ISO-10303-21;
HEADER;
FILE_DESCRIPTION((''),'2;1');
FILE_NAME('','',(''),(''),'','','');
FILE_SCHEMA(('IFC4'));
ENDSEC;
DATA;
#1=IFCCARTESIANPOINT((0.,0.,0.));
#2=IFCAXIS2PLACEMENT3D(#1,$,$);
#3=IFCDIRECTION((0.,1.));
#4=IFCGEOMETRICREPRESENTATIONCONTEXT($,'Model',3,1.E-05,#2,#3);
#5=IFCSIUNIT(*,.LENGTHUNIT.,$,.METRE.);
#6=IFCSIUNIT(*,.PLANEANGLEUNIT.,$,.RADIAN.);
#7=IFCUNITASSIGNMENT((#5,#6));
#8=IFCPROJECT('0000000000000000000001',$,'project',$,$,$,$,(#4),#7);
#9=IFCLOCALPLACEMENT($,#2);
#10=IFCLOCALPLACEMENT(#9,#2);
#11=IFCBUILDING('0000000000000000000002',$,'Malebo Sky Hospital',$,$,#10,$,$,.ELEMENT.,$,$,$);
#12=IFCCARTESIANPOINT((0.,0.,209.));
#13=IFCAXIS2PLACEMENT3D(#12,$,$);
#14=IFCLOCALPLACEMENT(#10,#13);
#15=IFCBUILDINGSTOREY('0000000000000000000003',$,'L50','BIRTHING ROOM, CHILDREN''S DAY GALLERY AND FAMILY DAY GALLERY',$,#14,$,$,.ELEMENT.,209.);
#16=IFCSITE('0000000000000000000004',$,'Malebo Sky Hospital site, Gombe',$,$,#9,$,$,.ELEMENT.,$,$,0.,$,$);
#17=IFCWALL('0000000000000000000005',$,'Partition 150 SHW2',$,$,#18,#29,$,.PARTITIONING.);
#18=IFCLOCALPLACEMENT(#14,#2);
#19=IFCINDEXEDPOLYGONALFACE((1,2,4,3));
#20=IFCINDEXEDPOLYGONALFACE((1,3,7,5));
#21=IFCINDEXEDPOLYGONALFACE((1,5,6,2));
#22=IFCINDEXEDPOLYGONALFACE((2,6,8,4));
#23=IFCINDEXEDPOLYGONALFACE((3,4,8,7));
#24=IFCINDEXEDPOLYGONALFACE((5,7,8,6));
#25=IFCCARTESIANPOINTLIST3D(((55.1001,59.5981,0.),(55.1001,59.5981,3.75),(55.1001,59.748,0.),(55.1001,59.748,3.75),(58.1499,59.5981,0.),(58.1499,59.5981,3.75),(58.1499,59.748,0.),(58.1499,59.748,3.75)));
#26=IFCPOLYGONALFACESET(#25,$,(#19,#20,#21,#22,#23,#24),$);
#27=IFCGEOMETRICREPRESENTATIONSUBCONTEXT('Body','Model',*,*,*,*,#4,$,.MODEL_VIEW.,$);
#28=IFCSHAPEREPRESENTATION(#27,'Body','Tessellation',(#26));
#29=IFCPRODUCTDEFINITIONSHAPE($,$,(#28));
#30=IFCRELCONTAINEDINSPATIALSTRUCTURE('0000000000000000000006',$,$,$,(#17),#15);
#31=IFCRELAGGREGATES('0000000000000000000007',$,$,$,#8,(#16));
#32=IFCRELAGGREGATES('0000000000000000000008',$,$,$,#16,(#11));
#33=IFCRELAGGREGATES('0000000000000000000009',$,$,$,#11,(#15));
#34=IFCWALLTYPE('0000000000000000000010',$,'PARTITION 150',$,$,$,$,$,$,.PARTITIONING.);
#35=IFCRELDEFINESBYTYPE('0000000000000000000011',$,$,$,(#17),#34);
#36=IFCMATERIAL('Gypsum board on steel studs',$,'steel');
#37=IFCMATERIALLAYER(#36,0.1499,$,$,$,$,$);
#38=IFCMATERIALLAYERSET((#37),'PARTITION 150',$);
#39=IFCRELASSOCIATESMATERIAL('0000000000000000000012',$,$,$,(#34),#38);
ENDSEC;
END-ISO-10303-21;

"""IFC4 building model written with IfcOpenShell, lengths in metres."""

from ifc_helpers import new_model, si_unit, direction, frame, frame_2d, origin, place, context, subcontext, project, spatial, rectangle, extrude, material, layer, layer_set, type_object, element, save


model = new_model("IFC4")

# Units and contexts
model_context = context("Model", 3, precision=1e-05, world=origin(), true_north=direction((0.0, 1.0)))
body_context = subcontext(model_context, "Body", "Model", "MODEL_VIEW")
ifc_project = project(units=[si_unit("LENGTHUNIT", "METRE"), si_unit("PLANEANGLEUNIT", "RADIAN")], contexts=[model_context])

# Site, building, storey
site_placement = place(None, origin())
site = spatial("IfcSite", under=ifc_project, at=site_placement, Name="Malebo Sky Hospital site, Gombe", CompositionType="ELEMENT", RefElevation=0.0)
building_placement = place(site_placement, origin())
building = spatial("IfcBuilding", under=site, at=building_placement, Name="Malebo Sky Hospital", CompositionType="ELEMENT")
storey_placement = place(building_placement, frame((0.0, 0.0, 209.0)))
storey = spatial("IfcBuildingStorey", under=building, at=storey_placement, Name="L50", Description="BIRTHING ROOM, CHILDREN'S DAY GALLERY AND FAMILY DAY GALLERY", CompositionType="ELEMENT", Elevation=209.0)

# Shared definitions
ifc_material_1 = material(Name="Gypsum board on steel studs", Category="steel")
ifc_layer_1 = layer(ifc_material_1, 0.1499)
ifc_layer_set_1 = layer_set([ifc_layer_1], Name="PARTITION 150")
wall_type_1 = type_object("IfcWallType", Name="PARTITION 150", PredefinedType="PARTITIONING", material=ifc_layer_set_1)

# Wall
for number, where, z_axis, x_axis, name in (
    (1, (55.1001, 59.6731, 0.0), (0.0, 0.0, 1.0), (1.0, 0.0, 0.0), "Partition 150 SHW2"),
):
    element("IfcWall", number, at=place(storey_placement, frame(where, z_axis=z_axis, x_axis=x_axis)), inside=storey, type_object=wall_type_1, Name=name, PredefinedType="PARTITIONING", context=body_context, shape_type="SweptSolid", body=[
        extrude(rectangle(XDim=3.0498, YDim=0.1499, at=frame_2d((1.5249, 0.0))), origin(), (0.0, 0.0, 1.0), 3.75),
    ])

save(model, "model.ifc")
